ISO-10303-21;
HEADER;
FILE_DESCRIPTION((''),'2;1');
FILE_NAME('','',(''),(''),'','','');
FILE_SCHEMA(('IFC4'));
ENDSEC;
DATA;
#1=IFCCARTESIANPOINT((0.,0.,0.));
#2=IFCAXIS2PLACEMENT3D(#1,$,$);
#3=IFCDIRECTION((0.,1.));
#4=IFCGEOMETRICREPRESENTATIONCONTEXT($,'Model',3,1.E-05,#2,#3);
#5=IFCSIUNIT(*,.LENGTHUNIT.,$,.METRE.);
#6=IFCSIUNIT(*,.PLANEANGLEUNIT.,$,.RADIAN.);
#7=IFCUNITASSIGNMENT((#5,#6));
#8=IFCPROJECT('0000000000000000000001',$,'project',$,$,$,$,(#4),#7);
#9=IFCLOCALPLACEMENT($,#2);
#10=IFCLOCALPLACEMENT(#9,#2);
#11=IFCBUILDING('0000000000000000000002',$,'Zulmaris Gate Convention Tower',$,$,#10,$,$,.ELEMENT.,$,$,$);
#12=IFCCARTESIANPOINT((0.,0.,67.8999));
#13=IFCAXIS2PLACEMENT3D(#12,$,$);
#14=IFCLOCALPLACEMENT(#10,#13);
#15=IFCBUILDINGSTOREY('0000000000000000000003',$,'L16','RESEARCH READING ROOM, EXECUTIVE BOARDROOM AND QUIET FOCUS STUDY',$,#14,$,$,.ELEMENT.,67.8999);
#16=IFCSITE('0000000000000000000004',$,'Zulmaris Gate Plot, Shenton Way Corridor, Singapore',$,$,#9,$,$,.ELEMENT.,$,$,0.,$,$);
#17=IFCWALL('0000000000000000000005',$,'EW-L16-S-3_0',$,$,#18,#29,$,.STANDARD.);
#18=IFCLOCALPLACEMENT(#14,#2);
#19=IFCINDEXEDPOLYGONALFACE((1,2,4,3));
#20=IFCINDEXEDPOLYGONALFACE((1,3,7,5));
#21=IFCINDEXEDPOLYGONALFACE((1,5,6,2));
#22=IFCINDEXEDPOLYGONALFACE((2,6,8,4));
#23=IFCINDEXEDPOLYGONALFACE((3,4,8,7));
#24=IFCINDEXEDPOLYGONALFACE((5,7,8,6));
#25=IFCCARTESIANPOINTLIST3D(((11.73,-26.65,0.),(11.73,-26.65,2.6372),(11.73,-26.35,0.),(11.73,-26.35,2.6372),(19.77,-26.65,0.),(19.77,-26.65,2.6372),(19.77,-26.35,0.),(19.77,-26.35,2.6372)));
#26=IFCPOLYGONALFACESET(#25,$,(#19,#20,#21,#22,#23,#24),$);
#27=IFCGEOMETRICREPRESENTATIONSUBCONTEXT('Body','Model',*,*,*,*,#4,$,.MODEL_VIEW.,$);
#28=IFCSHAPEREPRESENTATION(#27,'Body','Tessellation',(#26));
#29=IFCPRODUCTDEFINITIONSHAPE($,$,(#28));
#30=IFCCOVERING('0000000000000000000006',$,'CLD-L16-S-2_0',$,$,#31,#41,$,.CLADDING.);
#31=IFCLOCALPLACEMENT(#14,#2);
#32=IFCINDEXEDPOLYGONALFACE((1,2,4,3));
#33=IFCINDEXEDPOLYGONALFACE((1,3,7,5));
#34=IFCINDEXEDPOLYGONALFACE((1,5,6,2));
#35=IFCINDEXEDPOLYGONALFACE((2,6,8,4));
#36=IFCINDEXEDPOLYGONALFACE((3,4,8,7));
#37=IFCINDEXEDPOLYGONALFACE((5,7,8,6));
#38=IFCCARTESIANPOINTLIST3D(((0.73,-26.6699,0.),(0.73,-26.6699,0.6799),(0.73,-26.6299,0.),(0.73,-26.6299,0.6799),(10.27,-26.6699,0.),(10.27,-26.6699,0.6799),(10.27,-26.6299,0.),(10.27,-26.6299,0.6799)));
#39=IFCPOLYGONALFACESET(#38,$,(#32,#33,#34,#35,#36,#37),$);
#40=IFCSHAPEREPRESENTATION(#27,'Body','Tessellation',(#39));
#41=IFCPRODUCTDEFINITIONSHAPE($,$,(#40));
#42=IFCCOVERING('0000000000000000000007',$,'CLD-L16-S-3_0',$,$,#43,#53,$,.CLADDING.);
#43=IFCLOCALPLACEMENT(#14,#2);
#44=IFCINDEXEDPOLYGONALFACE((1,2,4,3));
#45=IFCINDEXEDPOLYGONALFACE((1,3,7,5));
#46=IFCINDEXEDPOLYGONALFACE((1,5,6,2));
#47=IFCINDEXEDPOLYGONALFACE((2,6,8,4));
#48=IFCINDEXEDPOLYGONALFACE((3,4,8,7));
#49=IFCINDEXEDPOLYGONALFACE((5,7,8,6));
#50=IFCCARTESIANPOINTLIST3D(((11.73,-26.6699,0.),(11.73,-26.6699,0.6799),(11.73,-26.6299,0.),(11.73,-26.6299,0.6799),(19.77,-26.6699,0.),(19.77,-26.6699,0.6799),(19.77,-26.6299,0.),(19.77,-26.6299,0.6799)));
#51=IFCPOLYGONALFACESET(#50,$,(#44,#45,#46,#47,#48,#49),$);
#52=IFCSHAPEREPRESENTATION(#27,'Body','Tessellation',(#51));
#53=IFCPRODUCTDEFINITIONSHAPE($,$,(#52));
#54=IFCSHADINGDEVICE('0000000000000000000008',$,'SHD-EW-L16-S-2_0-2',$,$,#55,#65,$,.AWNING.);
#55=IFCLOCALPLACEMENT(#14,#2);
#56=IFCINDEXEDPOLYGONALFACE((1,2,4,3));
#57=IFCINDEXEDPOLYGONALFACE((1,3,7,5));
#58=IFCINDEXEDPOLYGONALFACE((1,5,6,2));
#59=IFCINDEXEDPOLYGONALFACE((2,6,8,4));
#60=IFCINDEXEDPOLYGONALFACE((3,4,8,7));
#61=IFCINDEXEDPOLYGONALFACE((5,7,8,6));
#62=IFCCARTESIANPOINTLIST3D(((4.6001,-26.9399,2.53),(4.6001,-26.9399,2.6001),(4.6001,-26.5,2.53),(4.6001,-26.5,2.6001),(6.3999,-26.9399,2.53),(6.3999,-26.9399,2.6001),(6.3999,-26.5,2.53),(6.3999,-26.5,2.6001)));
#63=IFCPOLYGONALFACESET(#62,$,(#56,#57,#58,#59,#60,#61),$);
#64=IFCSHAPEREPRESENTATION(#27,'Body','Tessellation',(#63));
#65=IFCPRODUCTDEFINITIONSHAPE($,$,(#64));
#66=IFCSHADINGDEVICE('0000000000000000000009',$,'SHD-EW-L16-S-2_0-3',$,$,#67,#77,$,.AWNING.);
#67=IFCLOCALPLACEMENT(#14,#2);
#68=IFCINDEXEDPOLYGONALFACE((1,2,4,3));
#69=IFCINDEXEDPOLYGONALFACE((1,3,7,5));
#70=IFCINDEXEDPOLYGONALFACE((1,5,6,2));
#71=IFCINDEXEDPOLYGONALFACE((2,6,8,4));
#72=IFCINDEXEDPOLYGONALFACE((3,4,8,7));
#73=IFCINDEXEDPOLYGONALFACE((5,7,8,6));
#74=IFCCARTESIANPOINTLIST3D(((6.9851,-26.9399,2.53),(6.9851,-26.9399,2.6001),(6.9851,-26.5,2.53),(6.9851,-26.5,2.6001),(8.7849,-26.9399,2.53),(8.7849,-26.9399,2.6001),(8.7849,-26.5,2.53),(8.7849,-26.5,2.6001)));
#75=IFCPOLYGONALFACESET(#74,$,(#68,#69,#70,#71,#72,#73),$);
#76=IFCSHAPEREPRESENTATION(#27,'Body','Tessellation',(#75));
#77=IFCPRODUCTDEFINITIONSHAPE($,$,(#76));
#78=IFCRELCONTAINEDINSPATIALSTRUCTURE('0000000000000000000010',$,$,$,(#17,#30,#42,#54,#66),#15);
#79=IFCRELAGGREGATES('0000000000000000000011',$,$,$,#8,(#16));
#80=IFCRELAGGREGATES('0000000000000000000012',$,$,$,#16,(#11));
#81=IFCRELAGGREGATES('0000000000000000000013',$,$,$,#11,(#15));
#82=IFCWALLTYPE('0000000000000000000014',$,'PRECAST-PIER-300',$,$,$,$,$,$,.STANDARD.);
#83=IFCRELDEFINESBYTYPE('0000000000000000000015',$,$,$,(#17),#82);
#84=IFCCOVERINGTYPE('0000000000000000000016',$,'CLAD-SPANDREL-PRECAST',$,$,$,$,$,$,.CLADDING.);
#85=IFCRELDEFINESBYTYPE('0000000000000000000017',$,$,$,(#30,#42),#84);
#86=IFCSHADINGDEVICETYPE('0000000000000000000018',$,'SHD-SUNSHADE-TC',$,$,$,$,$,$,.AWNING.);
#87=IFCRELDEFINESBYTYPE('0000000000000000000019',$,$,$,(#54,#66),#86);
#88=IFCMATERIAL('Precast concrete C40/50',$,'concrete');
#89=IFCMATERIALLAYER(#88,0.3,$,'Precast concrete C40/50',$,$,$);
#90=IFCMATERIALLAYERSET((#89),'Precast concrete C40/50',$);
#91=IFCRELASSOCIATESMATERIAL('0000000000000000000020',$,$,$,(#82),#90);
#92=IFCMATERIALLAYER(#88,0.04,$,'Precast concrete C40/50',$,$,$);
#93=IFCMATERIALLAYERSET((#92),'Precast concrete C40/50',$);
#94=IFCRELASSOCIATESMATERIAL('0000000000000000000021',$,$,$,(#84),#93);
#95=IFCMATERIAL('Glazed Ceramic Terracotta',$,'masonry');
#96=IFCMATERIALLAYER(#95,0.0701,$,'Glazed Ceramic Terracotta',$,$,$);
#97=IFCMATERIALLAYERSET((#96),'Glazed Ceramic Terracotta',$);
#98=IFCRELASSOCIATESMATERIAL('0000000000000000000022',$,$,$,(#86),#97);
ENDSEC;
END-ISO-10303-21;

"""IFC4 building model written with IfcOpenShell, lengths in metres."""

from ifc_helpers import new_model, si_unit, direction, frame, frame_2d, origin, place, context, subcontext, project, spatial, rectangle, extrude, material, layer, layer_set, type_object, element, save


model = new_model("IFC4")

# Units and contexts
model_context = context("Model", 3, precision=1e-05, world=origin(), true_north=direction((0.0, 1.0)))
body_context = subcontext(model_context, "Body", "Model", "MODEL_VIEW")
ifc_project = project(units=[si_unit("LENGTHUNIT", "METRE"), si_unit("PLANEANGLEUNIT", "RADIAN")], contexts=[model_context])

# Site, building, storey
site_placement = place(None, origin())
site = spatial("IfcSite", under=ifc_project, at=site_placement, Name="Zulmaris Gate Plot, Shenton Way Corridor, Singapore", CompositionType="ELEMENT", RefElevation=0.0)
building_placement = place(site_placement, origin())
building = spatial("IfcBuilding", under=site, at=building_placement, Name="Zulmaris Gate Convention Tower", CompositionType="ELEMENT")
storey_placement = place(building_placement, frame((0.0, 0.0, 67.8999)))
storey = spatial("IfcBuildingStorey", under=building, at=storey_placement, Name="L16", Description="RESEARCH READING ROOM, EXECUTIVE BOARDROOM AND QUIET FOCUS STUDY", CompositionType="ELEMENT", Elevation=67.8999)

# Shared definitions
ifc_material_1 = material(Name="Precast concrete C40/50", Category="concrete")
ifc_layer_1 = layer(ifc_material_1, 0.3, Name="Precast concrete C40/50")
ifc_layer_set_1 = layer_set([ifc_layer_1], Name="Precast concrete C40/50")
wall_type_1 = type_object("IfcWallType", Name="PRECAST-PIER-300", PredefinedType="STANDARD", material=ifc_layer_set_1)

# Wall
wall_1_placement = place(storey_placement, frame((11.73, -26.5, 0.0), z_axis=(0.0, 0.0, 1.0), x_axis=(1.0, 0.0, 0.0)))
element("IfcWall", 1, at=wall_1_placement, inside=storey, type_object=wall_type_1, Name="EW-L16-S-3_0", PredefinedType="STANDARD", context=body_context, shape_type="SweptSolid", body=[
    extrude(rectangle(XDim=8.04, YDim=0.3, at=frame_2d((4.02, 0.0))), origin(), (0.0, 0.0, 1.0), 2.6372),
])

# Coverings
ifc_layer_2 = layer(ifc_material_1, 0.04, Name="Precast concrete C40/50")
ifc_layer_set_2 = layer_set([ifc_layer_2], Name="Precast concrete C40/50")
covering_type = type_object("IfcCoveringType", Name="CLAD-SPANDREL-PRECAST", PredefinedType="CLADDING", material=ifc_layer_set_2)
covering_1_placement = place(storey_placement, frame((0.73, -26.6499, 0.0), z_axis=(0.0, 0.0, 1.0), x_axis=(1.0, 0.0, 0.0)))
element("IfcCovering", 2, at=covering_1_placement, inside=storey, type_object=covering_type, Name="CLD-L16-S-2_0", PredefinedType="CLADDING", context=body_context, shape_type="SweptSolid", body=[
    extrude(rectangle(XDim=9.54, YDim=0.04, at=frame_2d((4.77, 0.0))), origin(), (0.0, 0.0, 1.0), 0.6799),
])
covering_2_placement = place(storey_placement, frame((11.73, -26.6499, 0.0), z_axis=(0.0, 0.0, 1.0), x_axis=(1.0, 0.0, 0.0)))
element("IfcCovering", 3, at=covering_2_placement, inside=storey, type_object=covering_type, Name="CLD-L16-S-3_0", PredefinedType="CLADDING", context=body_context, shape_type="SweptSolid", body=[
    extrude(rectangle(XDim=8.04, YDim=0.04, at=frame_2d((4.02, 0.0))), origin(), (0.0, 0.0, 1.0), 0.6799),
])

# Shading devices
ifc_material_2 = material(Name="Glazed Ceramic Terracotta", Category="masonry")
ifc_layer_3 = layer(ifc_material_2, 0.0701, Name="Glazed Ceramic Terracotta")
ifc_layer_set_3 = layer_set([ifc_layer_3], Name="Glazed Ceramic Terracotta")
shading_device_type = type_object("IfcShadingDeviceType", Name="SHD-SUNSHADE-TC", PredefinedType="AWNING", material=ifc_layer_set_3)
for number, where, z_axis, x_axis, name in (
    (4, (4.6001, -26.72, 2.53), (0.0, 0.0, 1.0), (1.0, 0.0, 0.0), "SHD-EW-L16-S-2_0-2"),
    (5, (6.9851, -26.72, 2.53), (0.0, 0.0, 1.0), (1.0, 0.0, 0.0), "SHD-EW-L16-S-2_0-3"),
):
    element("IfcShadingDevice", number, at=place(storey_placement, frame(where, z_axis=z_axis, x_axis=x_axis)), inside=storey, type_object=shading_device_type, Name=name, PredefinedType="AWNING", context=body_context, shape_type="SweptSolid", body=[
        extrude(rectangle(XDim=1.7998, YDim=0.4399, at=frame_2d((0.8999, 0.0))), origin(), (0.0, 0.0, 1.0), 0.0701),
    ])

save(model, "model.ifc")
